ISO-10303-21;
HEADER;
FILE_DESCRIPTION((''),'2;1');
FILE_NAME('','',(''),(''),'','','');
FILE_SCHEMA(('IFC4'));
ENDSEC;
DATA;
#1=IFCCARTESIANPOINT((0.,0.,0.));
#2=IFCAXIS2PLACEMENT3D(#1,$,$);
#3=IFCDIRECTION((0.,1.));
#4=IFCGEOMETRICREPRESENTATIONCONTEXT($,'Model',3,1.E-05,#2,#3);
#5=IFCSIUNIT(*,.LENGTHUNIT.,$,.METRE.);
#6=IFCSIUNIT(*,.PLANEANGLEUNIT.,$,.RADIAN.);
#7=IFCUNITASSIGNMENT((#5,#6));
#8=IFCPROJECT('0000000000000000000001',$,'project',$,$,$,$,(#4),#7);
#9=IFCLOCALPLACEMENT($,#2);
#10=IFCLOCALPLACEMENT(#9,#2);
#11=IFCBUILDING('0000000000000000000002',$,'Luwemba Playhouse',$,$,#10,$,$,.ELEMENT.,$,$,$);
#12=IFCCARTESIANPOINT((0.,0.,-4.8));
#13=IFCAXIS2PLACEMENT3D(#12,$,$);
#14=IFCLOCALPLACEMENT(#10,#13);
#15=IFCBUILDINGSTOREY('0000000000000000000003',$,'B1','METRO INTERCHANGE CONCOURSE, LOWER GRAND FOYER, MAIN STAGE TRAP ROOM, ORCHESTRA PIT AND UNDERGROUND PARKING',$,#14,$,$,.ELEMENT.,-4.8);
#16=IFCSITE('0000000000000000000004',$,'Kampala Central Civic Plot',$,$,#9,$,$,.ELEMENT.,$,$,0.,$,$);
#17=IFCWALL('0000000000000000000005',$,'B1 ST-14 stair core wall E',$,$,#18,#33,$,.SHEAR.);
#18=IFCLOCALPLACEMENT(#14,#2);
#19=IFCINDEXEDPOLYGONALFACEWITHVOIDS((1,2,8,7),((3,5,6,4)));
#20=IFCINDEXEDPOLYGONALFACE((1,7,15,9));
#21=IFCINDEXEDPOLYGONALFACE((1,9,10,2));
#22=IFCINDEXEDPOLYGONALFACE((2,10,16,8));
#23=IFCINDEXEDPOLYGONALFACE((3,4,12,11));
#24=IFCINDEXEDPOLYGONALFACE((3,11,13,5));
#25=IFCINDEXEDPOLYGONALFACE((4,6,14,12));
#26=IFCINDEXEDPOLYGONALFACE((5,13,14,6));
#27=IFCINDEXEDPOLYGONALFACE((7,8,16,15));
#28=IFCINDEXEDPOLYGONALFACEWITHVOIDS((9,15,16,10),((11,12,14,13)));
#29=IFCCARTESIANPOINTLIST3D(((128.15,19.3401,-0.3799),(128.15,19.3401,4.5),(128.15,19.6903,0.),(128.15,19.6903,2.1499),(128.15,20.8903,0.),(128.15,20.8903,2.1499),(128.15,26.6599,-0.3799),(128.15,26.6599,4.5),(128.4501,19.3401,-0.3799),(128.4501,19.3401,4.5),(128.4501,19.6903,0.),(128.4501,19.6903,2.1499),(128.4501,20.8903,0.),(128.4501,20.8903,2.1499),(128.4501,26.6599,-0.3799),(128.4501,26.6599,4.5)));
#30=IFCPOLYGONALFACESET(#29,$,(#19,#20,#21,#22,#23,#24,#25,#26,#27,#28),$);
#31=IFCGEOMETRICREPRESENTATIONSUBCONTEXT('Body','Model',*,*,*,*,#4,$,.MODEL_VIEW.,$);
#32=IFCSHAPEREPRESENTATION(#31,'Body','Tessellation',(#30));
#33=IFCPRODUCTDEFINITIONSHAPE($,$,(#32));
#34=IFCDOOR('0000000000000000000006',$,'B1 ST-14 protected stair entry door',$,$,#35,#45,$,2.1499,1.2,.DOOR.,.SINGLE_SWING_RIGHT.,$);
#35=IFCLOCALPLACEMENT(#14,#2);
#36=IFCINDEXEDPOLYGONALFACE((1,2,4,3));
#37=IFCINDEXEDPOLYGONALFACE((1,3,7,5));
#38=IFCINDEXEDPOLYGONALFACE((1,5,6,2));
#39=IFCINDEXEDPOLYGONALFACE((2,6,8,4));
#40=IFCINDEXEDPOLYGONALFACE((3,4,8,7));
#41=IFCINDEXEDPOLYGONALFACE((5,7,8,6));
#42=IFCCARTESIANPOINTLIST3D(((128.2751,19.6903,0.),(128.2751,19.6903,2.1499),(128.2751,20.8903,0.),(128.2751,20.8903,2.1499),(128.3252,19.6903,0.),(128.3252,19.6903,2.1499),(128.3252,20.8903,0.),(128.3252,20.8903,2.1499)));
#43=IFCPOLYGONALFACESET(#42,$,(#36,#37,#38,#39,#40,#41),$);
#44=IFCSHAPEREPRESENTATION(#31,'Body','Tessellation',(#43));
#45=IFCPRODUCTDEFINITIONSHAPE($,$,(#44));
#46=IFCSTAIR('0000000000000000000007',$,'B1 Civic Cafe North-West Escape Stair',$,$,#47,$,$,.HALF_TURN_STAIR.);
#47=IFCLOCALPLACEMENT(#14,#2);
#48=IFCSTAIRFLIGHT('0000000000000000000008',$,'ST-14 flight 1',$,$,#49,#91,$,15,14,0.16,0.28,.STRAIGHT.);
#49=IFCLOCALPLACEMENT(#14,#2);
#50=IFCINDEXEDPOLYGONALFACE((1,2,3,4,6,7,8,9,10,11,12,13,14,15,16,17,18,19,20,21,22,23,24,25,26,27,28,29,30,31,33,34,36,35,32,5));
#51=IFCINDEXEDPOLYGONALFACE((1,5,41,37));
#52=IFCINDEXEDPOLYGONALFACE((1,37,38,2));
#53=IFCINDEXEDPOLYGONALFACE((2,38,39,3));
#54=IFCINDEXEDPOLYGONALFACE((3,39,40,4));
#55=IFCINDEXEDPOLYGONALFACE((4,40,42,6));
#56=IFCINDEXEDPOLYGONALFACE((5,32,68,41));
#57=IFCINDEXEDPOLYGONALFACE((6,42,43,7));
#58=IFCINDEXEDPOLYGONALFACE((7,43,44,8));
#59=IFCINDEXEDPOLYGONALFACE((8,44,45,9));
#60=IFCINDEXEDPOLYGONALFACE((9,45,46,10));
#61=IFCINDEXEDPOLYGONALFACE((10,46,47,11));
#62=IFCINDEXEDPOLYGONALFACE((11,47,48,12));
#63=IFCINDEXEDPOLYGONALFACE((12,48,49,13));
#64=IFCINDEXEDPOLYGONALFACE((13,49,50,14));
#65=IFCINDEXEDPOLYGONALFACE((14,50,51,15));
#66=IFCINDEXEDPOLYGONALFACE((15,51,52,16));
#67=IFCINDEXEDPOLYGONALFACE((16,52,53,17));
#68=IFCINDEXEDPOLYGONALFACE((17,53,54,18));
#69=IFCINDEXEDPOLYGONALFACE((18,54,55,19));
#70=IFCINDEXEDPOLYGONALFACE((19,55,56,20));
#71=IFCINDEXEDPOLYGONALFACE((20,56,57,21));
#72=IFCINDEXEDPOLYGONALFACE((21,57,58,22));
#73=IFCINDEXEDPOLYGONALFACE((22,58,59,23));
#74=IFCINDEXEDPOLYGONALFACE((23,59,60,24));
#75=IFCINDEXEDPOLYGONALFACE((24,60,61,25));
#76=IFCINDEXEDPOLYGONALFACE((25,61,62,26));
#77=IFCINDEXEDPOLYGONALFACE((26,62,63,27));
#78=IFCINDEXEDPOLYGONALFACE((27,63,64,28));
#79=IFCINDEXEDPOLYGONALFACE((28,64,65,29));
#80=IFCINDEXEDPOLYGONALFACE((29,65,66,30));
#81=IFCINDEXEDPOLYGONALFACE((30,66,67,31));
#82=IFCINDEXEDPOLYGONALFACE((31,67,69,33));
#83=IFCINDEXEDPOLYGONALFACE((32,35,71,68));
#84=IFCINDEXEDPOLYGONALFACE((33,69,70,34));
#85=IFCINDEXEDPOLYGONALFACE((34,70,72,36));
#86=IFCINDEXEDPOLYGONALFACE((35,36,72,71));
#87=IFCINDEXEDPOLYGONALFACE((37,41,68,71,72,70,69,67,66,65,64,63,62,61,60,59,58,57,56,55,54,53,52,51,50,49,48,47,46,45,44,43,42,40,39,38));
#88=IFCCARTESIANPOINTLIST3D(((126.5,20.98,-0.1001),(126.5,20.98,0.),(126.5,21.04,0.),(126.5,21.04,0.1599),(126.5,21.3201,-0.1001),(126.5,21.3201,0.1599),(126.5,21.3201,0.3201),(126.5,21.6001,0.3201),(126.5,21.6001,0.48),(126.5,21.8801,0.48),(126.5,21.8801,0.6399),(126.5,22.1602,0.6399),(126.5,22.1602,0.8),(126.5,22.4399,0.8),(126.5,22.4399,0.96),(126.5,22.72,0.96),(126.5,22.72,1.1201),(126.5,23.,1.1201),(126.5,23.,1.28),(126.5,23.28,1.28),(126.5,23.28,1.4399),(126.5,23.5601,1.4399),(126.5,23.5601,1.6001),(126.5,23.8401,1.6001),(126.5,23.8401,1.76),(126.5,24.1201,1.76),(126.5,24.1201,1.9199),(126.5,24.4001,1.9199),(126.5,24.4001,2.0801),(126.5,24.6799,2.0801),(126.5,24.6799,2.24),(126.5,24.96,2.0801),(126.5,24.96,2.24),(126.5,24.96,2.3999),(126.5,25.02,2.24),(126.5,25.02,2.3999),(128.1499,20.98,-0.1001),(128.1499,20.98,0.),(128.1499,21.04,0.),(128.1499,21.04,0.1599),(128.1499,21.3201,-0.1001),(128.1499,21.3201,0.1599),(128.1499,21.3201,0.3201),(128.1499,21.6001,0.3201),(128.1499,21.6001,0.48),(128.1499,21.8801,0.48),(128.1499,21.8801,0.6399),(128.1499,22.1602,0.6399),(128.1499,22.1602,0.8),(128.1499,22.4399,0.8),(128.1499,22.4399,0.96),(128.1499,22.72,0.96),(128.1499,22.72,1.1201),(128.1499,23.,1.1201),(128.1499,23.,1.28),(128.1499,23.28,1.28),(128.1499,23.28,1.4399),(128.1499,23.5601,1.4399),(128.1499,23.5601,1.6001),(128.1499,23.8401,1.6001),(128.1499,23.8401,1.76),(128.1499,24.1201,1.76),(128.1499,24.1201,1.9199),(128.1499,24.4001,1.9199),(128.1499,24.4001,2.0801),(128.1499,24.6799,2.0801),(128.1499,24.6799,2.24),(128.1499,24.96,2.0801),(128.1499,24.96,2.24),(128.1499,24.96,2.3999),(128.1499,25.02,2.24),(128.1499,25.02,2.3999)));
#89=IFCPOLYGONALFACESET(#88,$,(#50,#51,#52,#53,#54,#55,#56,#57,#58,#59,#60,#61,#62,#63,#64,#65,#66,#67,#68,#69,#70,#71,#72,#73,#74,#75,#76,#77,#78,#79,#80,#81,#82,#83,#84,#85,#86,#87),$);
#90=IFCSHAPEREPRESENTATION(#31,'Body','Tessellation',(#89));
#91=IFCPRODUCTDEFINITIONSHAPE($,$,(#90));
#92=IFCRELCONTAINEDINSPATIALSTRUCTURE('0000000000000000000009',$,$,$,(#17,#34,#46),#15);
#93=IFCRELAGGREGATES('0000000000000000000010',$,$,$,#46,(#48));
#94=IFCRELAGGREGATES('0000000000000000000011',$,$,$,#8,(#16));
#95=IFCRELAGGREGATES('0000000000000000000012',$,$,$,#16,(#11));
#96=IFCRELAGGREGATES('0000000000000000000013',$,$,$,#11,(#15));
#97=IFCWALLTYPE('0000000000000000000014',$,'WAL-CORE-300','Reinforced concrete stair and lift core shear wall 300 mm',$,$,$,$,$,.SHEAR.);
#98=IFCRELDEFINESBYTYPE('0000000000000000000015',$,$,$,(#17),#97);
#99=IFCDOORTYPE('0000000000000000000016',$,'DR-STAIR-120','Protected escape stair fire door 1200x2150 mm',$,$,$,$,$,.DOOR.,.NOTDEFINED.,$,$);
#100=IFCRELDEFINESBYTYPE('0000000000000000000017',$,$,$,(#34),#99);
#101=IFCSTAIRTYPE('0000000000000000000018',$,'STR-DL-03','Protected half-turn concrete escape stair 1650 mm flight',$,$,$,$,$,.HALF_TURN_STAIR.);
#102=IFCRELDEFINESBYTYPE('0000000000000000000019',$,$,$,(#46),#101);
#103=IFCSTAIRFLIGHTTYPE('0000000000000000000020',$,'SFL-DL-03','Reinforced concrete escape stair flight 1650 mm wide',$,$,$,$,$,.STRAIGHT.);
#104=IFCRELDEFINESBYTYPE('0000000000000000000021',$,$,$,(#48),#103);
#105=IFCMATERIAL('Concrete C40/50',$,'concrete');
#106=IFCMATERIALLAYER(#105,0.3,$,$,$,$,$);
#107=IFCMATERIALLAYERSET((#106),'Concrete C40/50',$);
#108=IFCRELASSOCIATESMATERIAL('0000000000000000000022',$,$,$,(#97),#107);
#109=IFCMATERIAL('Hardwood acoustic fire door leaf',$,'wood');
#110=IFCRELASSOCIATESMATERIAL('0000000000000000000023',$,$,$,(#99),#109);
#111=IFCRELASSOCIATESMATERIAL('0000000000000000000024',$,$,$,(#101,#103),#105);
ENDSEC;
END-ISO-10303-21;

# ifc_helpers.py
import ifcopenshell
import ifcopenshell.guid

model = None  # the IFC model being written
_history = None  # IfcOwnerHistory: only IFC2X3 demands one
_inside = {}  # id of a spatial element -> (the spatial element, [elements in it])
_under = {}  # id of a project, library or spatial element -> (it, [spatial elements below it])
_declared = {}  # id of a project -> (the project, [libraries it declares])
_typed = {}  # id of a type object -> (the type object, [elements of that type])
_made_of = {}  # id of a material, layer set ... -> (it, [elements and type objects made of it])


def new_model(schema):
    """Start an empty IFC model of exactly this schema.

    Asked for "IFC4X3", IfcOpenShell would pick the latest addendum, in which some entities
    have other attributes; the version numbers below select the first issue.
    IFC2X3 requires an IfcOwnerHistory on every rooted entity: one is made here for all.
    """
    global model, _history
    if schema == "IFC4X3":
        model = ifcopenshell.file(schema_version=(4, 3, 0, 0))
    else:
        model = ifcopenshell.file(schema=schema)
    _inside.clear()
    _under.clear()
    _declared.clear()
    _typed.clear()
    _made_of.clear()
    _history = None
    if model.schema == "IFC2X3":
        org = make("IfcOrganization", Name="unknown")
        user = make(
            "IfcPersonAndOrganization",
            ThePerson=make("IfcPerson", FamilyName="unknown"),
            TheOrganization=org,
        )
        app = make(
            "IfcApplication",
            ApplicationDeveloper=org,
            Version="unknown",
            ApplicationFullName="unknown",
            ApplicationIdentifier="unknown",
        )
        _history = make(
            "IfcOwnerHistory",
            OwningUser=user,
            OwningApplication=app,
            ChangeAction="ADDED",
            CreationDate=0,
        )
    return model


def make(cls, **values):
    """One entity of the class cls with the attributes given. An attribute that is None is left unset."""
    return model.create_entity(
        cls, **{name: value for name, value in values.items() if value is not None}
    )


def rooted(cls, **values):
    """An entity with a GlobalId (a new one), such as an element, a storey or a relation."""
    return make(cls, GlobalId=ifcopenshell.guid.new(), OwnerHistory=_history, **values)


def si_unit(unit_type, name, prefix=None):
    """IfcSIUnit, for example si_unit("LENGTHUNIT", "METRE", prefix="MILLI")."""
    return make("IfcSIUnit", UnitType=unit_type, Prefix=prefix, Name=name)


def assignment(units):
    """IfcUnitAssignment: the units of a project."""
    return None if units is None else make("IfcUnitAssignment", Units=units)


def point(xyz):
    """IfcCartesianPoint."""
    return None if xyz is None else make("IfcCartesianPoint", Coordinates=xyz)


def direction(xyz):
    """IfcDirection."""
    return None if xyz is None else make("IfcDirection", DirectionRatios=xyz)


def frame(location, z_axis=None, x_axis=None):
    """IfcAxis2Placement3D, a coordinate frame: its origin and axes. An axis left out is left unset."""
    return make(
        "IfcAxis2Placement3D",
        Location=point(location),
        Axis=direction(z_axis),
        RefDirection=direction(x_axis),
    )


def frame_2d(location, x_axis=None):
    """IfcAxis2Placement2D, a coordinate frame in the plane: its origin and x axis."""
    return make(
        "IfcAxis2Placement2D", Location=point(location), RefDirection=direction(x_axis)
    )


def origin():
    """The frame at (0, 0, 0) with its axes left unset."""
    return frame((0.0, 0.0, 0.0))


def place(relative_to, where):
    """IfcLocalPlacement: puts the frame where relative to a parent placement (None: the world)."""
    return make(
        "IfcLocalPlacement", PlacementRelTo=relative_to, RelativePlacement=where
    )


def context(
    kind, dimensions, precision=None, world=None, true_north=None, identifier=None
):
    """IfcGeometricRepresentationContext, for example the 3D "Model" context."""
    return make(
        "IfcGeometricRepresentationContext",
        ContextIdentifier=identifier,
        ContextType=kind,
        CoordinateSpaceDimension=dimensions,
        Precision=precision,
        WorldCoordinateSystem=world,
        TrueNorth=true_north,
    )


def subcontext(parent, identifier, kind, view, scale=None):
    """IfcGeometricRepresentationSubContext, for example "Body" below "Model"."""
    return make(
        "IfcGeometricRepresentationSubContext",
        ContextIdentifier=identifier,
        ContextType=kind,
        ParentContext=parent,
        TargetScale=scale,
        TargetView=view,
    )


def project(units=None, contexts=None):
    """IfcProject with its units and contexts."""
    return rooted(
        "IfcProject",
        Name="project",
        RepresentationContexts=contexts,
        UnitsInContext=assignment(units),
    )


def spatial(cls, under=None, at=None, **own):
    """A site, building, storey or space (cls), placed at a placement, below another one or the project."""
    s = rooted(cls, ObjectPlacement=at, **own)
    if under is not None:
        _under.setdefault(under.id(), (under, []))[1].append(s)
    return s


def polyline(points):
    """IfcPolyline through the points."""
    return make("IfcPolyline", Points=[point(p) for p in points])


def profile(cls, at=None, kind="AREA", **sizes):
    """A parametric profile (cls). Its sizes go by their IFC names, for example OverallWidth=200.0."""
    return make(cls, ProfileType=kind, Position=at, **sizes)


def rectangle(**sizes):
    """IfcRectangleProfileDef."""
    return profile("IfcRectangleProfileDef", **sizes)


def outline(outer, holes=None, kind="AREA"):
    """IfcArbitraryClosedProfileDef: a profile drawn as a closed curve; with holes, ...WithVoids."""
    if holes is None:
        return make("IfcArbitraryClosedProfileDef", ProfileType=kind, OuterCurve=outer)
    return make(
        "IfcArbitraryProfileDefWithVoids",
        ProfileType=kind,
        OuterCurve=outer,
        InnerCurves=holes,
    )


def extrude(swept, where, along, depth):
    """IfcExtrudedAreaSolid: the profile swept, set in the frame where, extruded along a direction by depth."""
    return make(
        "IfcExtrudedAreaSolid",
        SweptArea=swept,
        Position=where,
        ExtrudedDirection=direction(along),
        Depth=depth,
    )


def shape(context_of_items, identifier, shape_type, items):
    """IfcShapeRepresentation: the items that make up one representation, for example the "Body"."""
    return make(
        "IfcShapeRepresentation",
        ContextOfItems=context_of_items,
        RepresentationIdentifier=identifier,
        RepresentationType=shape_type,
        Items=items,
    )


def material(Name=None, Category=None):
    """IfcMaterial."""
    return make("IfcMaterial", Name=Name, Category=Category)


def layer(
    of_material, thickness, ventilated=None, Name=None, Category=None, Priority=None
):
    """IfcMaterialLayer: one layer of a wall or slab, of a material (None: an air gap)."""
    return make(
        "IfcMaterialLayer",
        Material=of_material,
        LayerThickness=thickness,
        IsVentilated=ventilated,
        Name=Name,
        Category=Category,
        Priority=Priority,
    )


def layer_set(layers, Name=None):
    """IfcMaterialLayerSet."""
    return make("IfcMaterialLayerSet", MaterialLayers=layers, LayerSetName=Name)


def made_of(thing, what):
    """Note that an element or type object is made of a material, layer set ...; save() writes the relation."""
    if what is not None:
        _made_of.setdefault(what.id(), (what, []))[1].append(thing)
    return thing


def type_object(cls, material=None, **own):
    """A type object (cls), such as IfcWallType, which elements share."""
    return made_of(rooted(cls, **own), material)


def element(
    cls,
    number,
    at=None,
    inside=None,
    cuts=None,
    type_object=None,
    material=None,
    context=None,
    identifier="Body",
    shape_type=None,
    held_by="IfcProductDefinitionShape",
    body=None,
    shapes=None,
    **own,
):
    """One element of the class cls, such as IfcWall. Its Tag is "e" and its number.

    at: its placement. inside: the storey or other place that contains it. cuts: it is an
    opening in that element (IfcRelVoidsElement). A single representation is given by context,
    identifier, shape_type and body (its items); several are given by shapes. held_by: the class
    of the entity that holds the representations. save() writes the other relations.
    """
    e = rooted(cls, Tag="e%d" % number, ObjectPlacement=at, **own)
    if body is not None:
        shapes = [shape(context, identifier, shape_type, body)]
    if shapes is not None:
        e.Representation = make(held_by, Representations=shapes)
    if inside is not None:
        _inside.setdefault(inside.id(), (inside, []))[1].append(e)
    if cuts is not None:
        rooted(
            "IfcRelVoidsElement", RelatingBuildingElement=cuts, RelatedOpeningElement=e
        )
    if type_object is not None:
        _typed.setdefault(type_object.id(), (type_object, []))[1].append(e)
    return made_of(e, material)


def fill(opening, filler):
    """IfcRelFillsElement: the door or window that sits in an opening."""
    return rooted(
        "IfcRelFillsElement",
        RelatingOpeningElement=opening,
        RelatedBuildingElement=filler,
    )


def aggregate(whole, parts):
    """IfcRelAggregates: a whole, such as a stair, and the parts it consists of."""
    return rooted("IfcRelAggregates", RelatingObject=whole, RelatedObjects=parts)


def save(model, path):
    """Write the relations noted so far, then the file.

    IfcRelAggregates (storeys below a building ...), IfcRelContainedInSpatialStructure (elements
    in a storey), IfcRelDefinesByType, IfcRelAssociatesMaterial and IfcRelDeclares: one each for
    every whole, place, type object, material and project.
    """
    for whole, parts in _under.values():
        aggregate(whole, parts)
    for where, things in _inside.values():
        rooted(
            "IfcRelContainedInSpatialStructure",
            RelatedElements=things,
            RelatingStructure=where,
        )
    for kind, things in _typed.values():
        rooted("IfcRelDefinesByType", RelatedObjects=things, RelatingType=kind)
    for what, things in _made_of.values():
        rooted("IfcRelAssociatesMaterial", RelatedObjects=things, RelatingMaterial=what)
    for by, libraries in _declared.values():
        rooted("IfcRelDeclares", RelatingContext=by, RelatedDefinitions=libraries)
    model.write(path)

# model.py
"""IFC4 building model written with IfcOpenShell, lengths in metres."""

from ifc_helpers import new_model, si_unit, direction, frame, frame_2d, origin, place, context, subcontext, project, spatial, polyline, rectangle, outline, extrude, material, layer, layer_set, type_object, element, fill, aggregate, save


model = new_model("IFC4")

# Units and contexts
model_context = context("Model", 3, precision=1e-05, world=origin(), true_north=direction((0.0, 1.0)))
body_context = subcontext(model_context, "Body", "Model", "MODEL_VIEW")
ifc_project = project(units=[si_unit("LENGTHUNIT", "METRE"), si_unit("PLANEANGLEUNIT", "RADIAN")], contexts=[model_context])

# Site, building, storey
site_placement = place(None, origin())
site = spatial("IfcSite", under=ifc_project, at=site_placement, Name="Kampala Central Civic Plot", CompositionType="ELEMENT", RefElevation=0.0)
building_placement = place(site_placement, origin())
building = spatial("IfcBuilding", under=site, at=building_placement, Name="Luwemba Playhouse", CompositionType="ELEMENT")
storey_placement = place(building_placement, frame((0.0, 0.0, -4.8)))
storey = spatial("IfcBuildingStorey", under=building, at=storey_placement, Name="B1", Description="METRO INTERCHANGE CONCOURSE, LOWER GRAND FOYER, MAIN STAGE TRAP ROOM, ORCHESTRA PIT AND UNDERGROUND PARKING", CompositionType="ELEMENT", Elevation=-4.8)

# Shared definitions
ifc_material_1 = material(Name="Concrete C40/50", Category="concrete")

# Shared definitions
ifc_layer_1 = layer(ifc_material_1, 0.3)
ifc_layer_set_1 = layer_set([ifc_layer_1], Name="Concrete C40/50")
wall_type = type_object("IfcWallType", Name="WAL-CORE-300", Description="Reinforced concrete stair and lift core shear wall 300 mm", PredefinedType="SHEAR", material=ifc_layer_set_1)

# Wall, opening, door
wall_1_placement = place(storey_placement, frame((128.3, 19.3401, -0.3799), z_axis=(0.0, 0.0, 1.0), x_axis=(0.0, 1.0, 0.0)))
wall_1 = element("IfcWall", 1, at=wall_1_placement, inside=storey, type_object=wall_type, Name="B1 ST-14 stair core wall E", PredefinedType="SHEAR", context=body_context, shape_type="SweptSolid", body=[
    extrude(rectangle(XDim=7.3198, YDim=0.3, at=frame_2d((3.6599, 0.0))), origin(), (0.0, 0.0, 1.0), 4.8799),
])
opening_placement = place(wall_1_placement, frame((0.3501, 0.0, 0.3799)))
opening = element("IfcOpeningElement", 2, at=opening_placement, cuts=wall_1, PredefinedType="OPENING", context=body_context, shape_type="SweptSolid", body=[
    extrude(rectangle(XDim=1.2, YDim=2.1499, at=frame_2d((0.6001, 1.075))), frame((0.0, 0.1599, 0.0), z_axis=(0.0, -1.0, 0.0), x_axis=(1.0, 0.0, 0.0)), (0.0, 0.0, 1.0), 0.3201),
])
ifc_material_2 = material(Name="Hardwood acoustic fire door leaf", Category="wood")
door_type = type_object("IfcDoorType", Name="DR-STAIR-120", Description="Protected escape stair fire door 1200x2150 mm", OperationType="NOTDEFINED", PredefinedType="DOOR", material=ifc_material_2)
door_placement = place(opening_placement, origin())
door = element("IfcDoor", 3, at=door_placement, inside=storey, type_object=door_type, Name="B1 ST-14 protected stair entry door", OperationType="SINGLE_SWING_RIGHT", OverallHeight=2.1499, OverallWidth=1.2, PredefinedType="DOOR", context=body_context, shape_type="SweptSolid", body=[
    extrude(rectangle(XDim=1.2, YDim=2.1499, at=frame_2d((0.6001, 1.075))), frame((0.0, 0.0249, 0.0), z_axis=(0.0, -1.0, 0.0), x_axis=(1.0, 0.0, 0.0)), (0.0, 0.0, 1.0), 0.05),
])
fill(opening, door)

# Stair, stair flight
stair_type = type_object("IfcStairType", Name="STR-DL-03", Description="Protected half-turn concrete escape stair 1650 mm flight", PredefinedType="HALF_TURN_STAIR", material=ifc_material_1)
stair_placement = place(storey_placement, origin())
stair = element("IfcStair", 4, at=stair_placement, inside=storey, type_object=stair_type, Name="B1 Civic Cafe North-West Escape Stair", PredefinedType="HALF_TURN_STAIR")
stair_flight_type = type_object("IfcStairFlightType", Name="SFL-DL-03", Description="Reinforced concrete escape stair flight 1650 mm wide", PredefinedType="STRAIGHT", material=ifc_material_1)
stair_flight_placement = place(storey_placement, frame((127.325, 21.04, 0.0), z_axis=(0.0, 0.0, 1.0), x_axis=(0.0, 1.0, 0.0)))
stair_flight = element("IfcStairFlight", 5, at=stair_flight_placement, type_object=stair_flight_type, Name="ST-14 flight 1", NumberOfRisers=15, NumberOfTreads=14, PredefinedType="STRAIGHT", RiserHeight=0.16, TreadLength=0.28, context=body_context, shape_type="SweptSolid", body=[
    extrude(outline(polyline([(-0.0601, -0.1001), (-0.0601, 0.0), (0.0, 0.0), (0.0, 0.1599), (0.28, 0.1599), (0.28, 0.3201), (0.5601, 0.3201), (0.5601, 0.48), (0.8401, 0.48), (0.8401, 0.6399), (1.1201, 0.6399), (1.1201, 0.8), (1.3999, 0.8), (1.3999, 0.96), (1.6799, 0.96), (1.6799, 1.1201), (1.96, 1.1201), (1.96, 1.28), (2.24, 1.28), (2.24, 1.4399), (2.52, 1.4399), (2.52, 1.6001), (2.8, 1.6001), (2.8, 1.76), (3.0801, 1.76), (3.0801, 1.9199), (3.3601, 1.9199), (3.3601, 2.0801), (3.6399, 2.0801), (3.6399, 2.24), (3.9199, 2.24), (3.9199, 2.3999), (3.98, 2.3999), (3.98, 2.24), (3.9199, 2.0801), (0.28, -0.1001), (-0.0601, -0.1001)])), frame((0.0, 0.825, 0.0), z_axis=(0.0, -1.0, 0.0), x_axis=(1.0, 0.0, 0.0)), (0.0, 0.0, 1.0), 1.6499),
])
aggregate(stair, [stair_flight])

save(model, "model.ifc")
